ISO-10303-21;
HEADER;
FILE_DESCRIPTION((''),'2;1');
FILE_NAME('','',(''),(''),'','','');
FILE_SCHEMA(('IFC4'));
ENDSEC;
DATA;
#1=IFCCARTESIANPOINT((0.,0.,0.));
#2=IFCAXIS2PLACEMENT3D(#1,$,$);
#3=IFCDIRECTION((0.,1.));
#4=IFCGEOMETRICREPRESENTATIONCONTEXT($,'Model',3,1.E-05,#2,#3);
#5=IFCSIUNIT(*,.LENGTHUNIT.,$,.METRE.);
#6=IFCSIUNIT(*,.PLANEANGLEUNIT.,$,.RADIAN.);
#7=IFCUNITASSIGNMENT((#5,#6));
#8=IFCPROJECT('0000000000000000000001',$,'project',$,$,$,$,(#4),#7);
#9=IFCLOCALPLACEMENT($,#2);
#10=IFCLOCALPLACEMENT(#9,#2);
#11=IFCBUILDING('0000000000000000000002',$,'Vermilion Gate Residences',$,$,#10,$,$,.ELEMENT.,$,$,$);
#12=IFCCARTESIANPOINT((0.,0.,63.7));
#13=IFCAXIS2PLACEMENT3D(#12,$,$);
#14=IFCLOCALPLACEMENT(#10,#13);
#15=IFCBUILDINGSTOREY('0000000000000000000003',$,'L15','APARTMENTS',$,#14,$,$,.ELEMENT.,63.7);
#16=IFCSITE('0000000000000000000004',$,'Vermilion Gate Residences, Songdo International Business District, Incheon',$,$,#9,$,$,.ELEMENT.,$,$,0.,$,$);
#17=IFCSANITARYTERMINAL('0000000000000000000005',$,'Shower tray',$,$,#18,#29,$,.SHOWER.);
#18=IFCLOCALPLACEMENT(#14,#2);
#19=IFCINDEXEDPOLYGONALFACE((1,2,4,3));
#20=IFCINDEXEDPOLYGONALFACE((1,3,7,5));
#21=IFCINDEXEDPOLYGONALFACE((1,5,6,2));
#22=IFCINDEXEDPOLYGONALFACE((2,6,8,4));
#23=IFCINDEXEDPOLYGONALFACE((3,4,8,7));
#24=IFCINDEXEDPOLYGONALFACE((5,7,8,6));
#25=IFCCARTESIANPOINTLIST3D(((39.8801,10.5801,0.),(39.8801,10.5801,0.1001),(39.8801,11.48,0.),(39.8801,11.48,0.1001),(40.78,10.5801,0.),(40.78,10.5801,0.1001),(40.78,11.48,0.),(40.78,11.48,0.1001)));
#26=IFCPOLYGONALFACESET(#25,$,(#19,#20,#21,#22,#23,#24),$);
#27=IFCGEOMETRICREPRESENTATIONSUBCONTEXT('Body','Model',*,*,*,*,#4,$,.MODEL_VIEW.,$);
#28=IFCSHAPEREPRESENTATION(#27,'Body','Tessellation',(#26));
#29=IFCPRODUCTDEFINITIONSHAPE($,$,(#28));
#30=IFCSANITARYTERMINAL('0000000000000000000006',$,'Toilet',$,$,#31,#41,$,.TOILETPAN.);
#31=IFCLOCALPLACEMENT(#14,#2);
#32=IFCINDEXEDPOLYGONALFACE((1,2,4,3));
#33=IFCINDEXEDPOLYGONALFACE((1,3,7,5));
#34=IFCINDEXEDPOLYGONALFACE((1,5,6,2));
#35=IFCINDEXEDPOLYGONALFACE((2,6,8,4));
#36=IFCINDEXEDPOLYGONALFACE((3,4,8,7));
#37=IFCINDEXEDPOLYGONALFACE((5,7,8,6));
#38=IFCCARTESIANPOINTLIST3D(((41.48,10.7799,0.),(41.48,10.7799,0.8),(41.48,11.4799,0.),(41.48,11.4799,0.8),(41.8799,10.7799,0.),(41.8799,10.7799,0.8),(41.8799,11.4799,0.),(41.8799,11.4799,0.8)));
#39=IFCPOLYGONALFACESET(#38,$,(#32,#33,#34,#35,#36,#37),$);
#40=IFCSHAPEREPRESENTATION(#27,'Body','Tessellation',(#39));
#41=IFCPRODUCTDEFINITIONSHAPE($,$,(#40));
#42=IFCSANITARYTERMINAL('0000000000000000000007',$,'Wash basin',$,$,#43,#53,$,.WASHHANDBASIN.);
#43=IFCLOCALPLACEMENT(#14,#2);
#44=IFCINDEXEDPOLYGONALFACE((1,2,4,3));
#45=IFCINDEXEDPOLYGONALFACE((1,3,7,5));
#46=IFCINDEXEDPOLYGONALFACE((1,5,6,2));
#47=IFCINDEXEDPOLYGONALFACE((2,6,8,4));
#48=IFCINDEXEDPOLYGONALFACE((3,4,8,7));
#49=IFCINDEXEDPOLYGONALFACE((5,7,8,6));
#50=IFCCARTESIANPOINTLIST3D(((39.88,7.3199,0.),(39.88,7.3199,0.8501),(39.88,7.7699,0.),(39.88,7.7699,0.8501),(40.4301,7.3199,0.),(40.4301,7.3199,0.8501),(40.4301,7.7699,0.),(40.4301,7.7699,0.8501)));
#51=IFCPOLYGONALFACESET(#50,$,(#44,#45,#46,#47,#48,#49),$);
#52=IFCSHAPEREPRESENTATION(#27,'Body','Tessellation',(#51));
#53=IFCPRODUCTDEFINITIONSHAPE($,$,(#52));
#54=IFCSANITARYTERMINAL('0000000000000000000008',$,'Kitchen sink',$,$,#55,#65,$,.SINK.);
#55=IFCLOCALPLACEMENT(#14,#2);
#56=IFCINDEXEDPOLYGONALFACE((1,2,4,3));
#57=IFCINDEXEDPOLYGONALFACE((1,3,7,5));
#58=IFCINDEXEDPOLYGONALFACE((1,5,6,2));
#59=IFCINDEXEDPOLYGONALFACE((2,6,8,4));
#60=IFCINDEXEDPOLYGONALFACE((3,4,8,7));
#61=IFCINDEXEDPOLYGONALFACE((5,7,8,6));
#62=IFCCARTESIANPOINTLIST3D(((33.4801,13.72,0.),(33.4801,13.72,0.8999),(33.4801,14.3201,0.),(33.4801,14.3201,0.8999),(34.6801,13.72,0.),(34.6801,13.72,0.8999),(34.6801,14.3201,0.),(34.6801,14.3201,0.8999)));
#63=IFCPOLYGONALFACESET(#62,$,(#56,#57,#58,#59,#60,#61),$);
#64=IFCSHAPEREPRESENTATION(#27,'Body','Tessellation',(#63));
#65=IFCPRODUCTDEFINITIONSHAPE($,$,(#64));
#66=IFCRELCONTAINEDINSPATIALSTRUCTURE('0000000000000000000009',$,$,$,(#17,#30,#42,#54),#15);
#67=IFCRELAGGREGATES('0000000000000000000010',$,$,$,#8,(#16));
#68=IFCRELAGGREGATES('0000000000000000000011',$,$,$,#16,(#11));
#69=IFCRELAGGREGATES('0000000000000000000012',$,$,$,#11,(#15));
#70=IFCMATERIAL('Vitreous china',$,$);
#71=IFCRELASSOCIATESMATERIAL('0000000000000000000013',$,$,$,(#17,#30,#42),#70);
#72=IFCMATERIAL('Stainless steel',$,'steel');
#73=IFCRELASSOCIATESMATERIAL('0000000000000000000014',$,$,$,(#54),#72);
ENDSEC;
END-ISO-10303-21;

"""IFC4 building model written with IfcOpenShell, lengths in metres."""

from ifc_helpers import new_model, si_unit, direction, frame, origin, origin_2d, place, context, subcontext, project, spatial, rectangle, extrude, material, element, save


model = new_model("IFC4")

# Units and contexts
model_context = context("Model", 3, precision=1e-05, world=origin(), true_north=direction((0.0, 1.0)))
body_context = subcontext(model_context, "Body", "Model", "MODEL_VIEW")
ifc_project = project(units=[si_unit("LENGTHUNIT", "METRE"), si_unit("PLANEANGLEUNIT", "RADIAN")], contexts=[model_context])

# Site, building, storey
site_placement = place(None, origin())
site = spatial("IfcSite", under=ifc_project, at=site_placement, Name="Vermilion Gate Residences, Songdo International Business District, Incheon", CompositionType="ELEMENT", RefElevation=0.0)
building_placement = place(site_placement, origin())
building = spatial("IfcBuilding", under=site, at=building_placement, Name="Vermilion Gate Residences", CompositionType="ELEMENT")
storey_placement = place(building_placement, frame((0.0, 0.0, 63.7)))
storey = spatial("IfcBuildingStorey", under=building, at=storey_placement, Name="L15", Description="APARTMENTS", CompositionType="ELEMENT", Elevation=63.7)

# Sanitary terminals
ifc_material_1 = material(Name="Vitreous china")
ifc_material_2 = material(Name="Stainless steel", Category="steel")
sanitary_terminal_1_placement = place(storey_placement, frame((40.3301, 11.03, 0.0), z_axis=(0.0, 0.0, 1.0), x_axis=(1.0, 0.0, 0.0)))
element("IfcSanitaryTerminal", 1, at=sanitary_terminal_1_placement, inside=storey, material=ifc_material_1, Name="Shower tray", PredefinedType="SHOWER", context=body_context, shape_type="SweptSolid", body=[
    extrude(rectangle(XDim=0.8999, YDim=0.8999, at=origin_2d()), origin(), (0.0, 0.0, 1.0), 0.1001),
])
sanitary_terminal_2_placement = place(storey_placement, frame((41.6799, 11.1299, 0.0), z_axis=(0.0, 0.0, 1.0), x_axis=(1.0, 0.0, 0.0)))
element("IfcSanitaryTerminal", 2, at=sanitary_terminal_2_placement, inside=storey, material=ifc_material_1, Name="Toilet", PredefinedType="TOILETPAN", context=body_context, shape_type="SweptSolid", body=[
    extrude(rectangle(XDim=0.3999, YDim=0.7, at=origin_2d()), origin(), (0.0, 0.0, 1.0), 0.8),
])
sanitary_terminal_3_placement = place(storey_placement, frame((40.155, 7.5449, 0.0), z_axis=(0.0, 0.0, 1.0), x_axis=(1.0, 0.0, 0.0)))
element("IfcSanitaryTerminal", 3, at=sanitary_terminal_3_placement, inside=storey, material=ifc_material_1, Name="Wash basin", PredefinedType="WASHHANDBASIN", context=body_context, shape_type="SweptSolid", body=[
    extrude(rectangle(XDim=0.55, YDim=0.45, at=origin_2d()), origin(), (0.0, 0.0, 1.0), 0.8501),
])
sanitary_terminal_4_placement = place(storey_placement, frame((34.0801, 14.02, 0.0), z_axis=(0.0, 0.0, 1.0), x_axis=(1.0, 0.0, 0.0)))
element("IfcSanitaryTerminal", 4, at=sanitary_terminal_4_placement, inside=storey, material=ifc_material_2, Name="Kitchen sink", PredefinedType="SINK", context=body_context, shape_type="SweptSolid", body=[
    extrude(rectangle(XDim=1.2, YDim=0.6001, at=origin_2d()), origin(), (0.0, 0.0, 1.0), 0.8999),
])

save(model, "model.ifc")
